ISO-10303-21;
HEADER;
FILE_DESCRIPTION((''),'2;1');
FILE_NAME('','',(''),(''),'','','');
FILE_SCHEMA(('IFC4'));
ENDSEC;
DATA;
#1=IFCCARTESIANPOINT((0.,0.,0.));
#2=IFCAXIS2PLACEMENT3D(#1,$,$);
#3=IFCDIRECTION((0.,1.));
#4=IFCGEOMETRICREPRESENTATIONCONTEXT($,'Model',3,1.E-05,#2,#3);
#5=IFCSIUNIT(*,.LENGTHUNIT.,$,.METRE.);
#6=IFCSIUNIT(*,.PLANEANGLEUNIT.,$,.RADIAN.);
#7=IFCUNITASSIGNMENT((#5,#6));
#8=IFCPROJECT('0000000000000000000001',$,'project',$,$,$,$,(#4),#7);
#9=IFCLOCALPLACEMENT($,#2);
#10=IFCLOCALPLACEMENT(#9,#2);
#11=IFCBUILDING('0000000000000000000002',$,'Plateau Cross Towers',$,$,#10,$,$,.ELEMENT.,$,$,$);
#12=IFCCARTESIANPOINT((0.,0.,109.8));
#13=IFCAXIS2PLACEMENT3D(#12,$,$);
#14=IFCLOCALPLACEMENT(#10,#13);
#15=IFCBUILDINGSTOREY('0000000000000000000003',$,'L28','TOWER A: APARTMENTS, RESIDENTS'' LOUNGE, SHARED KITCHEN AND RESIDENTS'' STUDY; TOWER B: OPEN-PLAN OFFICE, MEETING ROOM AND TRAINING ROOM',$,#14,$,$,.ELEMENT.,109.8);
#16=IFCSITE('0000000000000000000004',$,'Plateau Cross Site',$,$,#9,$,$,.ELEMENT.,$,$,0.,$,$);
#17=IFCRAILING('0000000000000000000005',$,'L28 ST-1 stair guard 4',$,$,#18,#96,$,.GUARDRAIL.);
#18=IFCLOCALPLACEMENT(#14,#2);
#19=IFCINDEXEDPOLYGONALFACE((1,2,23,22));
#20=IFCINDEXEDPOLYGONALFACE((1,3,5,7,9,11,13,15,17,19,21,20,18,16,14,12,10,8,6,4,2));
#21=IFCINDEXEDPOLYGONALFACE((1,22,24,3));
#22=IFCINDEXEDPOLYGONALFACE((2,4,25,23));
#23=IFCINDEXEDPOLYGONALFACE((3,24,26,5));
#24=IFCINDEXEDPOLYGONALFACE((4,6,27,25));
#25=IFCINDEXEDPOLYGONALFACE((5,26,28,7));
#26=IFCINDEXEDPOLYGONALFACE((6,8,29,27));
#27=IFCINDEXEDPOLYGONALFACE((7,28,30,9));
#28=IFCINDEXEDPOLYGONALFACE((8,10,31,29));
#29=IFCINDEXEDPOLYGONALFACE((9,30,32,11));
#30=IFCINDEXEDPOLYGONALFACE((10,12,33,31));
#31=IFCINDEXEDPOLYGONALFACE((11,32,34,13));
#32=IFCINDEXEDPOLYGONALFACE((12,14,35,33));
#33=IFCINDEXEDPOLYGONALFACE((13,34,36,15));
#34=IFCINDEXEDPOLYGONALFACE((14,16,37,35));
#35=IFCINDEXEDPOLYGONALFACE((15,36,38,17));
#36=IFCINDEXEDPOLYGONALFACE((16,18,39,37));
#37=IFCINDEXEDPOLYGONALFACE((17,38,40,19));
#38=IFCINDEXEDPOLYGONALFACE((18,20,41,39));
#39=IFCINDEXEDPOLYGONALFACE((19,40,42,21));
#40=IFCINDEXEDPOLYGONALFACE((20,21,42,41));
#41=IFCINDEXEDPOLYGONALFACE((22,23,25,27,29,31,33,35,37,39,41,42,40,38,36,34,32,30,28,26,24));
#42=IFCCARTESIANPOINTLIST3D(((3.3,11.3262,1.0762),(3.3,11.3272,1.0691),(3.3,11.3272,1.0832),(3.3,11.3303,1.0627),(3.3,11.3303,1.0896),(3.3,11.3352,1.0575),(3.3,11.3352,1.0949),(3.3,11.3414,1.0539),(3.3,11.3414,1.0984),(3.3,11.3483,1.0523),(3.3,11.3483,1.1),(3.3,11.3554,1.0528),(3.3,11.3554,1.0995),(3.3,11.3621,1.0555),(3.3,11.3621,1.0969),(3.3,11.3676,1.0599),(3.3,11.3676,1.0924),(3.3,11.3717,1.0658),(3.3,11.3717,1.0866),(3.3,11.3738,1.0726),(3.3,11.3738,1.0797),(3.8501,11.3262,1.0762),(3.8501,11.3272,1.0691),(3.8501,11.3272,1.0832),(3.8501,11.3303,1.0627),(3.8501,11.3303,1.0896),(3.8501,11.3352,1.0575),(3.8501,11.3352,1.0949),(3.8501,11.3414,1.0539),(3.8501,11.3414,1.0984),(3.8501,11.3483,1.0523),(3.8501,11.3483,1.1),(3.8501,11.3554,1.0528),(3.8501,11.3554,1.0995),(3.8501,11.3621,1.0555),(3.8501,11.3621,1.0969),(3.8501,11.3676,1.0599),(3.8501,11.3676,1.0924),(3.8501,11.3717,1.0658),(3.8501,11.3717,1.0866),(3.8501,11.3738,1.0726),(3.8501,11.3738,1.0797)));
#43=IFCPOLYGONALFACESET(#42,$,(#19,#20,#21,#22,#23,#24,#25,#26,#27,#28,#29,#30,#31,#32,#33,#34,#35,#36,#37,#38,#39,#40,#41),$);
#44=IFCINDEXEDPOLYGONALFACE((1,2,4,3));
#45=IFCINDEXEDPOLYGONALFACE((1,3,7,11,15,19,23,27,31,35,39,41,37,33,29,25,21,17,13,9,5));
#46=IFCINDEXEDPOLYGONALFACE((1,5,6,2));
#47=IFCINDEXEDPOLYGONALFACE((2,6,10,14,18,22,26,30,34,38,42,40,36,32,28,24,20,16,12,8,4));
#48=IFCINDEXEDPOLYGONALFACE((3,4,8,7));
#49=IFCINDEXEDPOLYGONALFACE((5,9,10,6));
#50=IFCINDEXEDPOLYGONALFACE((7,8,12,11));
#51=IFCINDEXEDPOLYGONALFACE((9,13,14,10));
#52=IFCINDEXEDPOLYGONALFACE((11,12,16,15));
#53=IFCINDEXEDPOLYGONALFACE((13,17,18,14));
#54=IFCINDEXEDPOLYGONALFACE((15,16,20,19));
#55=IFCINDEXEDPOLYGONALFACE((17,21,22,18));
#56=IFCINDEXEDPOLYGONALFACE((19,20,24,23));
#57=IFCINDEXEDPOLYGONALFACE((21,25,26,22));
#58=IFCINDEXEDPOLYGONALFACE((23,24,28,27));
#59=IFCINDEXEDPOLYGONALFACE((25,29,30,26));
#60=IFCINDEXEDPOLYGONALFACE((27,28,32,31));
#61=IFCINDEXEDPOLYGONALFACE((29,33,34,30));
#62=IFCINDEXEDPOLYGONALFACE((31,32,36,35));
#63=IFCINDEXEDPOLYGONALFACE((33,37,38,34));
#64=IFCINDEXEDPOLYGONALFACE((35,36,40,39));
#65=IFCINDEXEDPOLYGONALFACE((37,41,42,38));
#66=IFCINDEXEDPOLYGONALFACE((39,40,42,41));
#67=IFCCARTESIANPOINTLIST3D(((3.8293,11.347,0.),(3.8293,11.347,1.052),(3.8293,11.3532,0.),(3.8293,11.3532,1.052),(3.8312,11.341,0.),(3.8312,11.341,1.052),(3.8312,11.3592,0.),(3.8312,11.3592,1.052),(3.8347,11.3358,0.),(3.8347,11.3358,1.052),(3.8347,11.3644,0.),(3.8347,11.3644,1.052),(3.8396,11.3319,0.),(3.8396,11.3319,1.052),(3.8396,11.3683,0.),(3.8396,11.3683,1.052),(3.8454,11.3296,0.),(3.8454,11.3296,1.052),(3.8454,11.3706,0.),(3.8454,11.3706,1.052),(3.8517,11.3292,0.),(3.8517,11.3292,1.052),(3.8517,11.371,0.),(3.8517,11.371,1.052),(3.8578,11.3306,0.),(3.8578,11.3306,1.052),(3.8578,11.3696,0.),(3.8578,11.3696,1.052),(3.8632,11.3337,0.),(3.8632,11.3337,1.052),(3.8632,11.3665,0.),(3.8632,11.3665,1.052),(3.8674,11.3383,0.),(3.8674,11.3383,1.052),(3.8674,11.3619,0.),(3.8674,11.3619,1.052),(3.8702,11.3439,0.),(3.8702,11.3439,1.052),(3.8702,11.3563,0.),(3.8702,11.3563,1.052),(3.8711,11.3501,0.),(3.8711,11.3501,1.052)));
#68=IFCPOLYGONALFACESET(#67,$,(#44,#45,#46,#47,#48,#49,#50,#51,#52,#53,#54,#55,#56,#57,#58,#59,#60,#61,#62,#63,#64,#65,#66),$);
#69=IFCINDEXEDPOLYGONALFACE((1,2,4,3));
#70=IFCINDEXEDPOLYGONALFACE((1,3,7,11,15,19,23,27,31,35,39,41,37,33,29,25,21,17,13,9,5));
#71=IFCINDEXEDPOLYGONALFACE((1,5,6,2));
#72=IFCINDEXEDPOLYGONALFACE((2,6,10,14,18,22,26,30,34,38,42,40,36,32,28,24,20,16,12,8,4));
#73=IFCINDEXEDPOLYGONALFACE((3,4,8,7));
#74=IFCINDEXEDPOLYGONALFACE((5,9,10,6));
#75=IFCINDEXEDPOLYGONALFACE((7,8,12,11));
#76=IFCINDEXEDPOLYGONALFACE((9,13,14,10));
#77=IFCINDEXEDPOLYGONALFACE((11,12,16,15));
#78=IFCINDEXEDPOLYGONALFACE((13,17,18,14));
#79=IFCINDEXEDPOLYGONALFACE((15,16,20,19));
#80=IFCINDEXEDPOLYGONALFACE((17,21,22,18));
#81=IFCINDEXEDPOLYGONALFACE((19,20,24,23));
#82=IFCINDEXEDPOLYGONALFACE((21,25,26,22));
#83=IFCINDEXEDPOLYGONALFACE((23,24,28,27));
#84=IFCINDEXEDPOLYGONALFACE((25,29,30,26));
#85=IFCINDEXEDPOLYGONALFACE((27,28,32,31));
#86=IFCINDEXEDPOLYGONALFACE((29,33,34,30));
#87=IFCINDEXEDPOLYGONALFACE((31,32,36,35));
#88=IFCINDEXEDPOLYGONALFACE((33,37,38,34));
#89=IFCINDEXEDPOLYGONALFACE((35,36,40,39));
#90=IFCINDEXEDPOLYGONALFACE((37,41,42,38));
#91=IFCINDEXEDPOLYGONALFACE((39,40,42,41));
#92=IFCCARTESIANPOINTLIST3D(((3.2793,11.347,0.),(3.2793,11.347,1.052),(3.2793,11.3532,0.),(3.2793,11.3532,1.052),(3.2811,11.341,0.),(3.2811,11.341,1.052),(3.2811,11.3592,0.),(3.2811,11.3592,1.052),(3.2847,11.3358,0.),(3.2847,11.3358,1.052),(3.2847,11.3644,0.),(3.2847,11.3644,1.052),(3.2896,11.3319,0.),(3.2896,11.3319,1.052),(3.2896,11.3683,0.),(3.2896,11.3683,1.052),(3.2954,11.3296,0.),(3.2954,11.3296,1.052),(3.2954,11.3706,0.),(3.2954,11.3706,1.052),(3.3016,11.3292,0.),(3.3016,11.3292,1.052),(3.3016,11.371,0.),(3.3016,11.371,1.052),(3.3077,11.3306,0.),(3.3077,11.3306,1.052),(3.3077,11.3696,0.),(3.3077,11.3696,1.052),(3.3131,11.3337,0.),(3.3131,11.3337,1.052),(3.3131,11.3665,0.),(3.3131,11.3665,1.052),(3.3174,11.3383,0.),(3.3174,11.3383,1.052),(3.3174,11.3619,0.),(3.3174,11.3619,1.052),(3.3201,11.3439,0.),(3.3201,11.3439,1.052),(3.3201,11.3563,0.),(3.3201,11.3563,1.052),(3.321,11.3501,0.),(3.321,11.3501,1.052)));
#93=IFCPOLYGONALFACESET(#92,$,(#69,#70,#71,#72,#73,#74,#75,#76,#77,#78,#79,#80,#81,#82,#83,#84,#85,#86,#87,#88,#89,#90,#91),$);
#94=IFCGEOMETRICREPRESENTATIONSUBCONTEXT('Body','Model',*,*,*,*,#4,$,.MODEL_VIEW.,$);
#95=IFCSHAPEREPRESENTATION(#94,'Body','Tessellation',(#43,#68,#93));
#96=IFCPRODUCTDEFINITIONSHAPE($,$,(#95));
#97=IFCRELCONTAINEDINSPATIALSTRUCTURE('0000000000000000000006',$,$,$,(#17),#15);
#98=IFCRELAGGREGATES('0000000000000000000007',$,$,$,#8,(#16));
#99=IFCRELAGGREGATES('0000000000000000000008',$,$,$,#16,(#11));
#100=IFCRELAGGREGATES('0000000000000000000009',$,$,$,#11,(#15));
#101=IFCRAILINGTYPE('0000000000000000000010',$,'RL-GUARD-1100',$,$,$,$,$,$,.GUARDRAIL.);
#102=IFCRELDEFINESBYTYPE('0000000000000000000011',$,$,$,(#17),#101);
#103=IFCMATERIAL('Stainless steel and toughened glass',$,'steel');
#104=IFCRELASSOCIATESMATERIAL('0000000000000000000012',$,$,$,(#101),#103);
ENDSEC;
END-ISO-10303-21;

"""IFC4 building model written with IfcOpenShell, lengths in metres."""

from ifc_helpers import new_model, si_unit, direction, frame, origin, origin_2d, place, context, subcontext, project, spatial, circle, extrude, material, type_object, element, save


model = new_model("IFC4")

# Units and contexts
model_context = context("Model", 3, precision=1e-05, world=origin(), true_north=direction((0.0, 1.0)))
body_context = subcontext(model_context, "Body", "Model", "MODEL_VIEW")
ifc_project = project(units=[si_unit("LENGTHUNIT", "METRE"), si_unit("PLANEANGLEUNIT", "RADIAN")], contexts=[model_context])

# Site, building, storey
site_placement = place(None, origin())
site = spatial("IfcSite", under=ifc_project, at=site_placement, Name="Plateau Cross Site", CompositionType="ELEMENT", RefElevation=0.0)
building_placement = place(site_placement, origin())
building = spatial("IfcBuilding", under=site, at=building_placement, Name="Plateau Cross Towers", CompositionType="ELEMENT")
storey_placement = place(building_placement, frame((0.0, 0.0, 109.8)))
storey = spatial("IfcBuildingStorey", under=building, at=storey_placement, Name="L28", Description="TOWER A: APARTMENTS, RESIDENTS' LOUNGE, SHARED KITCHEN AND RESIDENTS' STUDY; TOWER B: OPEN-PLAN OFFICE, MEETING ROOM AND TRAINING ROOM", CompositionType="ELEMENT", Elevation=109.8)

# Railing
ifc_material_1 = material(Name="Stainless steel and toughened glass", Category="steel")
railing_type = type_object("IfcRailingType", Name="RL-GUARD-1100", PredefinedType="GUARDRAIL", material=ifc_material_1)
railing_1_placement = place(storey_placement, frame((3.8501, 11.3501, 0.0)))
element("IfcRailing", 1, at=railing_1_placement, inside=storey, type_object=railing_type, Name="L28 ST-1 stair guard 4", PredefinedType="GUARDRAIL", context=body_context, shape_type="SweptSolid", body=[
    extrude(circle(Radius=0.0239, at=origin_2d()), frame((0.0, 0.0, 1.0762), z_axis=(-1.0, 0.0, 0.0), x_axis=(0.0, -1.0, 0.0)), (0.0, 0.0, 1.0), 0.55),
    extrude(circle(Radius=0.021, at=origin_2d()), origin(), (0.0, 0.0, 1.0), 1.052),
    extrude(circle(Radius=0.021, at=origin_2d()), frame((-0.55, 0.0, 0.0)), (0.0, 0.0, 1.0), 1.052),
])

save(model, "model.ifc")
